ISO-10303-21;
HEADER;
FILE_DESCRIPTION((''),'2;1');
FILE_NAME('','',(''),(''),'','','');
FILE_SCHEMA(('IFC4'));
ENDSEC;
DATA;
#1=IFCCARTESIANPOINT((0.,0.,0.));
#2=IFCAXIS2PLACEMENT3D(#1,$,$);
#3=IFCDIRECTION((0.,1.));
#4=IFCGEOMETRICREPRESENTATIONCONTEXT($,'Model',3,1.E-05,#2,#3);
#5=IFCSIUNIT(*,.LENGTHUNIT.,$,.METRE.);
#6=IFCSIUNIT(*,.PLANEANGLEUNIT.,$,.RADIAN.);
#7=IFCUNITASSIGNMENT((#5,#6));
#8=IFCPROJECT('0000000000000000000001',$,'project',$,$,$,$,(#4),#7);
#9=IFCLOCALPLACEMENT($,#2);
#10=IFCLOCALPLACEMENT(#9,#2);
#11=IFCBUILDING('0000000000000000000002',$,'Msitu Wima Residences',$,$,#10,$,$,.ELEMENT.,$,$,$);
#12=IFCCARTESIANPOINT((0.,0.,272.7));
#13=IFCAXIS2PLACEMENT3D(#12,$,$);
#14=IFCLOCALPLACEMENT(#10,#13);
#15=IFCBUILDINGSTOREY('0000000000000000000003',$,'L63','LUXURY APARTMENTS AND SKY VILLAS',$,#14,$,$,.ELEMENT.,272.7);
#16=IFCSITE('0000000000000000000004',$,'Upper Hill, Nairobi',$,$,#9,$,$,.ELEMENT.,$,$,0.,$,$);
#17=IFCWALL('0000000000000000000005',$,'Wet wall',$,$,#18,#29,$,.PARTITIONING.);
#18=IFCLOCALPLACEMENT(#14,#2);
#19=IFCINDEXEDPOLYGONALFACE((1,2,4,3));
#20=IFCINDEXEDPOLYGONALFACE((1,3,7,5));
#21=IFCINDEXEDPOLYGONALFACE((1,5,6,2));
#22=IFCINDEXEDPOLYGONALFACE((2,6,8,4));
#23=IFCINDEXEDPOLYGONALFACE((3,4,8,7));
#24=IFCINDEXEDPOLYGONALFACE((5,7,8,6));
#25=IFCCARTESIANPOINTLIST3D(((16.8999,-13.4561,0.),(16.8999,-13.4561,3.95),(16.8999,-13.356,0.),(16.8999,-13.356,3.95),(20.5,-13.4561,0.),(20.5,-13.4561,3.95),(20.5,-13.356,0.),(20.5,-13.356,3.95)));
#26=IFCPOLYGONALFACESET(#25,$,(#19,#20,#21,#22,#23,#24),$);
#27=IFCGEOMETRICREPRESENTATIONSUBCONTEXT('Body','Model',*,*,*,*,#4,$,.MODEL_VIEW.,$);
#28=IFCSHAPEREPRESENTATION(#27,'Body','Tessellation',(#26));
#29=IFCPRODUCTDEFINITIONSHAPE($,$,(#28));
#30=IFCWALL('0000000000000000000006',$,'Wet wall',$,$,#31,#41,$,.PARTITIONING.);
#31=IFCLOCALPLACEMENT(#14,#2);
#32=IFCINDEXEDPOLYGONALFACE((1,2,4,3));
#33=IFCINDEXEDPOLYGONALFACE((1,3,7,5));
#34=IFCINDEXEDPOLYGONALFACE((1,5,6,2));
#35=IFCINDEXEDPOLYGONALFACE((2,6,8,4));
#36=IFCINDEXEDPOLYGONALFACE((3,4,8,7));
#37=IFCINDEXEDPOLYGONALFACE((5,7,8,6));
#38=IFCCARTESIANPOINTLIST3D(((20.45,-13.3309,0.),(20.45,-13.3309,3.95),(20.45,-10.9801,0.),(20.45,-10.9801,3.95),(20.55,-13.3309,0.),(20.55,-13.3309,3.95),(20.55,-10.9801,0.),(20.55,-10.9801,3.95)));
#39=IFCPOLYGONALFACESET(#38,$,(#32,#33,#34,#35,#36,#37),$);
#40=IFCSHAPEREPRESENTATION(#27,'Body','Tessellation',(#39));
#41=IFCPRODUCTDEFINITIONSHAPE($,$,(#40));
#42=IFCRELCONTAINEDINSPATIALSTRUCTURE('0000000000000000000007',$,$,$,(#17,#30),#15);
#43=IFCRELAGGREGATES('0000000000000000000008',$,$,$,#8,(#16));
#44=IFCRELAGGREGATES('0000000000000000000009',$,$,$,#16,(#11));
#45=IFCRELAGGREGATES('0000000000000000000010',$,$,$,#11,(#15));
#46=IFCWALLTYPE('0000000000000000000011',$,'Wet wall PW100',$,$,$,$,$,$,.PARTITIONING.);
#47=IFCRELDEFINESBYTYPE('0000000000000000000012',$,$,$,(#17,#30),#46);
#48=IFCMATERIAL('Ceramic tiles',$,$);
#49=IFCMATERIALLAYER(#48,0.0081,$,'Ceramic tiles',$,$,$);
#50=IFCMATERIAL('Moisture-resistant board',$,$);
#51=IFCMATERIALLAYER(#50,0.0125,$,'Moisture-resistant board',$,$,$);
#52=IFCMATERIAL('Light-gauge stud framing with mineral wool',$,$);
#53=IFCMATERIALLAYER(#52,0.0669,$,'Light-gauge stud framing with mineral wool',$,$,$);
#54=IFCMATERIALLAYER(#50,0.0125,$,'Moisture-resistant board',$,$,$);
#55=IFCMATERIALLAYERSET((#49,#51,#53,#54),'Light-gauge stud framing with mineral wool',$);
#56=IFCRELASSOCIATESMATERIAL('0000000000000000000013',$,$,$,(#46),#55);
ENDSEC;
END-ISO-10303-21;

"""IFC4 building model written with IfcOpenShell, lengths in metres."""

from ifc_helpers import new_model, si_unit, direction, frame, frame_2d, origin, place, context, subcontext, project, spatial, rectangle, extrude, material, layer, layer_set, type_object, element, save


model = new_model("IFC4")

# Units and contexts
model_context = context("Model", 3, precision=1e-05, world=origin(), true_north=direction((0.0, 1.0)))
body_context = subcontext(model_context, "Body", "Model", "MODEL_VIEW")
ifc_project = project(units=[si_unit("LENGTHUNIT", "METRE"), si_unit("PLANEANGLEUNIT", "RADIAN")], contexts=[model_context])

# Site, building, storey
site_placement = place(None, origin())
site = spatial("IfcSite", under=ifc_project, at=site_placement, Name="Upper Hill, Nairobi", CompositionType="ELEMENT", RefElevation=0.0)
building_placement = place(site_placement, origin())
building = spatial("IfcBuilding", under=site, at=building_placement, Name="Msitu Wima Residences", CompositionType="ELEMENT")
storey_placement = place(building_placement, frame((0.0, 0.0, 272.7)))
storey = spatial("IfcBuildingStorey", under=building, at=storey_placement, Name="L63", Description="LUXURY APARTMENTS AND SKY VILLAS", CompositionType="ELEMENT", Elevation=272.7)

# Walls
ifc_material_1 = material(Name="Ceramic tiles")
ifc_layer_1 = layer(ifc_material_1, 0.0081, Name="Ceramic tiles")
ifc_material_2 = material(Name="Moisture-resistant board")
ifc_layer_2 = layer(ifc_material_2, 0.0125, Name="Moisture-resistant board")
ifc_material_3 = material(Name="Light-gauge stud framing with mineral wool")
ifc_layer_3 = layer(ifc_material_3, 0.0669, Name="Light-gauge stud framing with mineral wool")
ifc_layer_4 = layer(ifc_material_2, 0.0125, Name="Moisture-resistant board")
ifc_layer_set_1 = layer_set([ifc_layer_1, ifc_layer_2, ifc_layer_3, ifc_layer_4], Name="Light-gauge stud framing with mineral wool")
wall_type_1 = type_object("IfcWallType", Name="Wet wall PW100", PredefinedType="PARTITIONING", material=ifc_layer_set_1)
wall_1_placement = place(storey_placement, frame((16.8999, -13.406, 0.0), z_axis=(0.0, 0.0, 1.0), x_axis=(1.0, 0.0, 0.0)))
element("IfcWall", 1, at=wall_1_placement, inside=storey, type_object=wall_type_1, Name="Wet wall", PredefinedType="PARTITIONING", context=body_context, shape_type="SweptSolid", body=[
    extrude(rectangle(XDim=3.6001, YDim=0.1001, at=frame_2d((1.8, 0.0))), origin(), (0.0, 0.0, 1.0), 3.95),
])
wall_2_placement = place(storey_placement, frame((20.5, -13.3308, 0.0), z_axis=(0.0, 0.0, 1.0), x_axis=(0.0, 1.0, 0.0)))
element("IfcWall", 2, at=wall_2_placement, inside=storey, type_object=wall_type_1, Name="Wet wall", PredefinedType="PARTITIONING", context=body_context, shape_type="SweptSolid", body=[
    extrude(rectangle(XDim=2.3508, YDim=0.1001, at=frame_2d((1.1753, 0.0))), origin(), (0.0, 0.0, 1.0), 3.95),
])

save(model, "model.ifc")
